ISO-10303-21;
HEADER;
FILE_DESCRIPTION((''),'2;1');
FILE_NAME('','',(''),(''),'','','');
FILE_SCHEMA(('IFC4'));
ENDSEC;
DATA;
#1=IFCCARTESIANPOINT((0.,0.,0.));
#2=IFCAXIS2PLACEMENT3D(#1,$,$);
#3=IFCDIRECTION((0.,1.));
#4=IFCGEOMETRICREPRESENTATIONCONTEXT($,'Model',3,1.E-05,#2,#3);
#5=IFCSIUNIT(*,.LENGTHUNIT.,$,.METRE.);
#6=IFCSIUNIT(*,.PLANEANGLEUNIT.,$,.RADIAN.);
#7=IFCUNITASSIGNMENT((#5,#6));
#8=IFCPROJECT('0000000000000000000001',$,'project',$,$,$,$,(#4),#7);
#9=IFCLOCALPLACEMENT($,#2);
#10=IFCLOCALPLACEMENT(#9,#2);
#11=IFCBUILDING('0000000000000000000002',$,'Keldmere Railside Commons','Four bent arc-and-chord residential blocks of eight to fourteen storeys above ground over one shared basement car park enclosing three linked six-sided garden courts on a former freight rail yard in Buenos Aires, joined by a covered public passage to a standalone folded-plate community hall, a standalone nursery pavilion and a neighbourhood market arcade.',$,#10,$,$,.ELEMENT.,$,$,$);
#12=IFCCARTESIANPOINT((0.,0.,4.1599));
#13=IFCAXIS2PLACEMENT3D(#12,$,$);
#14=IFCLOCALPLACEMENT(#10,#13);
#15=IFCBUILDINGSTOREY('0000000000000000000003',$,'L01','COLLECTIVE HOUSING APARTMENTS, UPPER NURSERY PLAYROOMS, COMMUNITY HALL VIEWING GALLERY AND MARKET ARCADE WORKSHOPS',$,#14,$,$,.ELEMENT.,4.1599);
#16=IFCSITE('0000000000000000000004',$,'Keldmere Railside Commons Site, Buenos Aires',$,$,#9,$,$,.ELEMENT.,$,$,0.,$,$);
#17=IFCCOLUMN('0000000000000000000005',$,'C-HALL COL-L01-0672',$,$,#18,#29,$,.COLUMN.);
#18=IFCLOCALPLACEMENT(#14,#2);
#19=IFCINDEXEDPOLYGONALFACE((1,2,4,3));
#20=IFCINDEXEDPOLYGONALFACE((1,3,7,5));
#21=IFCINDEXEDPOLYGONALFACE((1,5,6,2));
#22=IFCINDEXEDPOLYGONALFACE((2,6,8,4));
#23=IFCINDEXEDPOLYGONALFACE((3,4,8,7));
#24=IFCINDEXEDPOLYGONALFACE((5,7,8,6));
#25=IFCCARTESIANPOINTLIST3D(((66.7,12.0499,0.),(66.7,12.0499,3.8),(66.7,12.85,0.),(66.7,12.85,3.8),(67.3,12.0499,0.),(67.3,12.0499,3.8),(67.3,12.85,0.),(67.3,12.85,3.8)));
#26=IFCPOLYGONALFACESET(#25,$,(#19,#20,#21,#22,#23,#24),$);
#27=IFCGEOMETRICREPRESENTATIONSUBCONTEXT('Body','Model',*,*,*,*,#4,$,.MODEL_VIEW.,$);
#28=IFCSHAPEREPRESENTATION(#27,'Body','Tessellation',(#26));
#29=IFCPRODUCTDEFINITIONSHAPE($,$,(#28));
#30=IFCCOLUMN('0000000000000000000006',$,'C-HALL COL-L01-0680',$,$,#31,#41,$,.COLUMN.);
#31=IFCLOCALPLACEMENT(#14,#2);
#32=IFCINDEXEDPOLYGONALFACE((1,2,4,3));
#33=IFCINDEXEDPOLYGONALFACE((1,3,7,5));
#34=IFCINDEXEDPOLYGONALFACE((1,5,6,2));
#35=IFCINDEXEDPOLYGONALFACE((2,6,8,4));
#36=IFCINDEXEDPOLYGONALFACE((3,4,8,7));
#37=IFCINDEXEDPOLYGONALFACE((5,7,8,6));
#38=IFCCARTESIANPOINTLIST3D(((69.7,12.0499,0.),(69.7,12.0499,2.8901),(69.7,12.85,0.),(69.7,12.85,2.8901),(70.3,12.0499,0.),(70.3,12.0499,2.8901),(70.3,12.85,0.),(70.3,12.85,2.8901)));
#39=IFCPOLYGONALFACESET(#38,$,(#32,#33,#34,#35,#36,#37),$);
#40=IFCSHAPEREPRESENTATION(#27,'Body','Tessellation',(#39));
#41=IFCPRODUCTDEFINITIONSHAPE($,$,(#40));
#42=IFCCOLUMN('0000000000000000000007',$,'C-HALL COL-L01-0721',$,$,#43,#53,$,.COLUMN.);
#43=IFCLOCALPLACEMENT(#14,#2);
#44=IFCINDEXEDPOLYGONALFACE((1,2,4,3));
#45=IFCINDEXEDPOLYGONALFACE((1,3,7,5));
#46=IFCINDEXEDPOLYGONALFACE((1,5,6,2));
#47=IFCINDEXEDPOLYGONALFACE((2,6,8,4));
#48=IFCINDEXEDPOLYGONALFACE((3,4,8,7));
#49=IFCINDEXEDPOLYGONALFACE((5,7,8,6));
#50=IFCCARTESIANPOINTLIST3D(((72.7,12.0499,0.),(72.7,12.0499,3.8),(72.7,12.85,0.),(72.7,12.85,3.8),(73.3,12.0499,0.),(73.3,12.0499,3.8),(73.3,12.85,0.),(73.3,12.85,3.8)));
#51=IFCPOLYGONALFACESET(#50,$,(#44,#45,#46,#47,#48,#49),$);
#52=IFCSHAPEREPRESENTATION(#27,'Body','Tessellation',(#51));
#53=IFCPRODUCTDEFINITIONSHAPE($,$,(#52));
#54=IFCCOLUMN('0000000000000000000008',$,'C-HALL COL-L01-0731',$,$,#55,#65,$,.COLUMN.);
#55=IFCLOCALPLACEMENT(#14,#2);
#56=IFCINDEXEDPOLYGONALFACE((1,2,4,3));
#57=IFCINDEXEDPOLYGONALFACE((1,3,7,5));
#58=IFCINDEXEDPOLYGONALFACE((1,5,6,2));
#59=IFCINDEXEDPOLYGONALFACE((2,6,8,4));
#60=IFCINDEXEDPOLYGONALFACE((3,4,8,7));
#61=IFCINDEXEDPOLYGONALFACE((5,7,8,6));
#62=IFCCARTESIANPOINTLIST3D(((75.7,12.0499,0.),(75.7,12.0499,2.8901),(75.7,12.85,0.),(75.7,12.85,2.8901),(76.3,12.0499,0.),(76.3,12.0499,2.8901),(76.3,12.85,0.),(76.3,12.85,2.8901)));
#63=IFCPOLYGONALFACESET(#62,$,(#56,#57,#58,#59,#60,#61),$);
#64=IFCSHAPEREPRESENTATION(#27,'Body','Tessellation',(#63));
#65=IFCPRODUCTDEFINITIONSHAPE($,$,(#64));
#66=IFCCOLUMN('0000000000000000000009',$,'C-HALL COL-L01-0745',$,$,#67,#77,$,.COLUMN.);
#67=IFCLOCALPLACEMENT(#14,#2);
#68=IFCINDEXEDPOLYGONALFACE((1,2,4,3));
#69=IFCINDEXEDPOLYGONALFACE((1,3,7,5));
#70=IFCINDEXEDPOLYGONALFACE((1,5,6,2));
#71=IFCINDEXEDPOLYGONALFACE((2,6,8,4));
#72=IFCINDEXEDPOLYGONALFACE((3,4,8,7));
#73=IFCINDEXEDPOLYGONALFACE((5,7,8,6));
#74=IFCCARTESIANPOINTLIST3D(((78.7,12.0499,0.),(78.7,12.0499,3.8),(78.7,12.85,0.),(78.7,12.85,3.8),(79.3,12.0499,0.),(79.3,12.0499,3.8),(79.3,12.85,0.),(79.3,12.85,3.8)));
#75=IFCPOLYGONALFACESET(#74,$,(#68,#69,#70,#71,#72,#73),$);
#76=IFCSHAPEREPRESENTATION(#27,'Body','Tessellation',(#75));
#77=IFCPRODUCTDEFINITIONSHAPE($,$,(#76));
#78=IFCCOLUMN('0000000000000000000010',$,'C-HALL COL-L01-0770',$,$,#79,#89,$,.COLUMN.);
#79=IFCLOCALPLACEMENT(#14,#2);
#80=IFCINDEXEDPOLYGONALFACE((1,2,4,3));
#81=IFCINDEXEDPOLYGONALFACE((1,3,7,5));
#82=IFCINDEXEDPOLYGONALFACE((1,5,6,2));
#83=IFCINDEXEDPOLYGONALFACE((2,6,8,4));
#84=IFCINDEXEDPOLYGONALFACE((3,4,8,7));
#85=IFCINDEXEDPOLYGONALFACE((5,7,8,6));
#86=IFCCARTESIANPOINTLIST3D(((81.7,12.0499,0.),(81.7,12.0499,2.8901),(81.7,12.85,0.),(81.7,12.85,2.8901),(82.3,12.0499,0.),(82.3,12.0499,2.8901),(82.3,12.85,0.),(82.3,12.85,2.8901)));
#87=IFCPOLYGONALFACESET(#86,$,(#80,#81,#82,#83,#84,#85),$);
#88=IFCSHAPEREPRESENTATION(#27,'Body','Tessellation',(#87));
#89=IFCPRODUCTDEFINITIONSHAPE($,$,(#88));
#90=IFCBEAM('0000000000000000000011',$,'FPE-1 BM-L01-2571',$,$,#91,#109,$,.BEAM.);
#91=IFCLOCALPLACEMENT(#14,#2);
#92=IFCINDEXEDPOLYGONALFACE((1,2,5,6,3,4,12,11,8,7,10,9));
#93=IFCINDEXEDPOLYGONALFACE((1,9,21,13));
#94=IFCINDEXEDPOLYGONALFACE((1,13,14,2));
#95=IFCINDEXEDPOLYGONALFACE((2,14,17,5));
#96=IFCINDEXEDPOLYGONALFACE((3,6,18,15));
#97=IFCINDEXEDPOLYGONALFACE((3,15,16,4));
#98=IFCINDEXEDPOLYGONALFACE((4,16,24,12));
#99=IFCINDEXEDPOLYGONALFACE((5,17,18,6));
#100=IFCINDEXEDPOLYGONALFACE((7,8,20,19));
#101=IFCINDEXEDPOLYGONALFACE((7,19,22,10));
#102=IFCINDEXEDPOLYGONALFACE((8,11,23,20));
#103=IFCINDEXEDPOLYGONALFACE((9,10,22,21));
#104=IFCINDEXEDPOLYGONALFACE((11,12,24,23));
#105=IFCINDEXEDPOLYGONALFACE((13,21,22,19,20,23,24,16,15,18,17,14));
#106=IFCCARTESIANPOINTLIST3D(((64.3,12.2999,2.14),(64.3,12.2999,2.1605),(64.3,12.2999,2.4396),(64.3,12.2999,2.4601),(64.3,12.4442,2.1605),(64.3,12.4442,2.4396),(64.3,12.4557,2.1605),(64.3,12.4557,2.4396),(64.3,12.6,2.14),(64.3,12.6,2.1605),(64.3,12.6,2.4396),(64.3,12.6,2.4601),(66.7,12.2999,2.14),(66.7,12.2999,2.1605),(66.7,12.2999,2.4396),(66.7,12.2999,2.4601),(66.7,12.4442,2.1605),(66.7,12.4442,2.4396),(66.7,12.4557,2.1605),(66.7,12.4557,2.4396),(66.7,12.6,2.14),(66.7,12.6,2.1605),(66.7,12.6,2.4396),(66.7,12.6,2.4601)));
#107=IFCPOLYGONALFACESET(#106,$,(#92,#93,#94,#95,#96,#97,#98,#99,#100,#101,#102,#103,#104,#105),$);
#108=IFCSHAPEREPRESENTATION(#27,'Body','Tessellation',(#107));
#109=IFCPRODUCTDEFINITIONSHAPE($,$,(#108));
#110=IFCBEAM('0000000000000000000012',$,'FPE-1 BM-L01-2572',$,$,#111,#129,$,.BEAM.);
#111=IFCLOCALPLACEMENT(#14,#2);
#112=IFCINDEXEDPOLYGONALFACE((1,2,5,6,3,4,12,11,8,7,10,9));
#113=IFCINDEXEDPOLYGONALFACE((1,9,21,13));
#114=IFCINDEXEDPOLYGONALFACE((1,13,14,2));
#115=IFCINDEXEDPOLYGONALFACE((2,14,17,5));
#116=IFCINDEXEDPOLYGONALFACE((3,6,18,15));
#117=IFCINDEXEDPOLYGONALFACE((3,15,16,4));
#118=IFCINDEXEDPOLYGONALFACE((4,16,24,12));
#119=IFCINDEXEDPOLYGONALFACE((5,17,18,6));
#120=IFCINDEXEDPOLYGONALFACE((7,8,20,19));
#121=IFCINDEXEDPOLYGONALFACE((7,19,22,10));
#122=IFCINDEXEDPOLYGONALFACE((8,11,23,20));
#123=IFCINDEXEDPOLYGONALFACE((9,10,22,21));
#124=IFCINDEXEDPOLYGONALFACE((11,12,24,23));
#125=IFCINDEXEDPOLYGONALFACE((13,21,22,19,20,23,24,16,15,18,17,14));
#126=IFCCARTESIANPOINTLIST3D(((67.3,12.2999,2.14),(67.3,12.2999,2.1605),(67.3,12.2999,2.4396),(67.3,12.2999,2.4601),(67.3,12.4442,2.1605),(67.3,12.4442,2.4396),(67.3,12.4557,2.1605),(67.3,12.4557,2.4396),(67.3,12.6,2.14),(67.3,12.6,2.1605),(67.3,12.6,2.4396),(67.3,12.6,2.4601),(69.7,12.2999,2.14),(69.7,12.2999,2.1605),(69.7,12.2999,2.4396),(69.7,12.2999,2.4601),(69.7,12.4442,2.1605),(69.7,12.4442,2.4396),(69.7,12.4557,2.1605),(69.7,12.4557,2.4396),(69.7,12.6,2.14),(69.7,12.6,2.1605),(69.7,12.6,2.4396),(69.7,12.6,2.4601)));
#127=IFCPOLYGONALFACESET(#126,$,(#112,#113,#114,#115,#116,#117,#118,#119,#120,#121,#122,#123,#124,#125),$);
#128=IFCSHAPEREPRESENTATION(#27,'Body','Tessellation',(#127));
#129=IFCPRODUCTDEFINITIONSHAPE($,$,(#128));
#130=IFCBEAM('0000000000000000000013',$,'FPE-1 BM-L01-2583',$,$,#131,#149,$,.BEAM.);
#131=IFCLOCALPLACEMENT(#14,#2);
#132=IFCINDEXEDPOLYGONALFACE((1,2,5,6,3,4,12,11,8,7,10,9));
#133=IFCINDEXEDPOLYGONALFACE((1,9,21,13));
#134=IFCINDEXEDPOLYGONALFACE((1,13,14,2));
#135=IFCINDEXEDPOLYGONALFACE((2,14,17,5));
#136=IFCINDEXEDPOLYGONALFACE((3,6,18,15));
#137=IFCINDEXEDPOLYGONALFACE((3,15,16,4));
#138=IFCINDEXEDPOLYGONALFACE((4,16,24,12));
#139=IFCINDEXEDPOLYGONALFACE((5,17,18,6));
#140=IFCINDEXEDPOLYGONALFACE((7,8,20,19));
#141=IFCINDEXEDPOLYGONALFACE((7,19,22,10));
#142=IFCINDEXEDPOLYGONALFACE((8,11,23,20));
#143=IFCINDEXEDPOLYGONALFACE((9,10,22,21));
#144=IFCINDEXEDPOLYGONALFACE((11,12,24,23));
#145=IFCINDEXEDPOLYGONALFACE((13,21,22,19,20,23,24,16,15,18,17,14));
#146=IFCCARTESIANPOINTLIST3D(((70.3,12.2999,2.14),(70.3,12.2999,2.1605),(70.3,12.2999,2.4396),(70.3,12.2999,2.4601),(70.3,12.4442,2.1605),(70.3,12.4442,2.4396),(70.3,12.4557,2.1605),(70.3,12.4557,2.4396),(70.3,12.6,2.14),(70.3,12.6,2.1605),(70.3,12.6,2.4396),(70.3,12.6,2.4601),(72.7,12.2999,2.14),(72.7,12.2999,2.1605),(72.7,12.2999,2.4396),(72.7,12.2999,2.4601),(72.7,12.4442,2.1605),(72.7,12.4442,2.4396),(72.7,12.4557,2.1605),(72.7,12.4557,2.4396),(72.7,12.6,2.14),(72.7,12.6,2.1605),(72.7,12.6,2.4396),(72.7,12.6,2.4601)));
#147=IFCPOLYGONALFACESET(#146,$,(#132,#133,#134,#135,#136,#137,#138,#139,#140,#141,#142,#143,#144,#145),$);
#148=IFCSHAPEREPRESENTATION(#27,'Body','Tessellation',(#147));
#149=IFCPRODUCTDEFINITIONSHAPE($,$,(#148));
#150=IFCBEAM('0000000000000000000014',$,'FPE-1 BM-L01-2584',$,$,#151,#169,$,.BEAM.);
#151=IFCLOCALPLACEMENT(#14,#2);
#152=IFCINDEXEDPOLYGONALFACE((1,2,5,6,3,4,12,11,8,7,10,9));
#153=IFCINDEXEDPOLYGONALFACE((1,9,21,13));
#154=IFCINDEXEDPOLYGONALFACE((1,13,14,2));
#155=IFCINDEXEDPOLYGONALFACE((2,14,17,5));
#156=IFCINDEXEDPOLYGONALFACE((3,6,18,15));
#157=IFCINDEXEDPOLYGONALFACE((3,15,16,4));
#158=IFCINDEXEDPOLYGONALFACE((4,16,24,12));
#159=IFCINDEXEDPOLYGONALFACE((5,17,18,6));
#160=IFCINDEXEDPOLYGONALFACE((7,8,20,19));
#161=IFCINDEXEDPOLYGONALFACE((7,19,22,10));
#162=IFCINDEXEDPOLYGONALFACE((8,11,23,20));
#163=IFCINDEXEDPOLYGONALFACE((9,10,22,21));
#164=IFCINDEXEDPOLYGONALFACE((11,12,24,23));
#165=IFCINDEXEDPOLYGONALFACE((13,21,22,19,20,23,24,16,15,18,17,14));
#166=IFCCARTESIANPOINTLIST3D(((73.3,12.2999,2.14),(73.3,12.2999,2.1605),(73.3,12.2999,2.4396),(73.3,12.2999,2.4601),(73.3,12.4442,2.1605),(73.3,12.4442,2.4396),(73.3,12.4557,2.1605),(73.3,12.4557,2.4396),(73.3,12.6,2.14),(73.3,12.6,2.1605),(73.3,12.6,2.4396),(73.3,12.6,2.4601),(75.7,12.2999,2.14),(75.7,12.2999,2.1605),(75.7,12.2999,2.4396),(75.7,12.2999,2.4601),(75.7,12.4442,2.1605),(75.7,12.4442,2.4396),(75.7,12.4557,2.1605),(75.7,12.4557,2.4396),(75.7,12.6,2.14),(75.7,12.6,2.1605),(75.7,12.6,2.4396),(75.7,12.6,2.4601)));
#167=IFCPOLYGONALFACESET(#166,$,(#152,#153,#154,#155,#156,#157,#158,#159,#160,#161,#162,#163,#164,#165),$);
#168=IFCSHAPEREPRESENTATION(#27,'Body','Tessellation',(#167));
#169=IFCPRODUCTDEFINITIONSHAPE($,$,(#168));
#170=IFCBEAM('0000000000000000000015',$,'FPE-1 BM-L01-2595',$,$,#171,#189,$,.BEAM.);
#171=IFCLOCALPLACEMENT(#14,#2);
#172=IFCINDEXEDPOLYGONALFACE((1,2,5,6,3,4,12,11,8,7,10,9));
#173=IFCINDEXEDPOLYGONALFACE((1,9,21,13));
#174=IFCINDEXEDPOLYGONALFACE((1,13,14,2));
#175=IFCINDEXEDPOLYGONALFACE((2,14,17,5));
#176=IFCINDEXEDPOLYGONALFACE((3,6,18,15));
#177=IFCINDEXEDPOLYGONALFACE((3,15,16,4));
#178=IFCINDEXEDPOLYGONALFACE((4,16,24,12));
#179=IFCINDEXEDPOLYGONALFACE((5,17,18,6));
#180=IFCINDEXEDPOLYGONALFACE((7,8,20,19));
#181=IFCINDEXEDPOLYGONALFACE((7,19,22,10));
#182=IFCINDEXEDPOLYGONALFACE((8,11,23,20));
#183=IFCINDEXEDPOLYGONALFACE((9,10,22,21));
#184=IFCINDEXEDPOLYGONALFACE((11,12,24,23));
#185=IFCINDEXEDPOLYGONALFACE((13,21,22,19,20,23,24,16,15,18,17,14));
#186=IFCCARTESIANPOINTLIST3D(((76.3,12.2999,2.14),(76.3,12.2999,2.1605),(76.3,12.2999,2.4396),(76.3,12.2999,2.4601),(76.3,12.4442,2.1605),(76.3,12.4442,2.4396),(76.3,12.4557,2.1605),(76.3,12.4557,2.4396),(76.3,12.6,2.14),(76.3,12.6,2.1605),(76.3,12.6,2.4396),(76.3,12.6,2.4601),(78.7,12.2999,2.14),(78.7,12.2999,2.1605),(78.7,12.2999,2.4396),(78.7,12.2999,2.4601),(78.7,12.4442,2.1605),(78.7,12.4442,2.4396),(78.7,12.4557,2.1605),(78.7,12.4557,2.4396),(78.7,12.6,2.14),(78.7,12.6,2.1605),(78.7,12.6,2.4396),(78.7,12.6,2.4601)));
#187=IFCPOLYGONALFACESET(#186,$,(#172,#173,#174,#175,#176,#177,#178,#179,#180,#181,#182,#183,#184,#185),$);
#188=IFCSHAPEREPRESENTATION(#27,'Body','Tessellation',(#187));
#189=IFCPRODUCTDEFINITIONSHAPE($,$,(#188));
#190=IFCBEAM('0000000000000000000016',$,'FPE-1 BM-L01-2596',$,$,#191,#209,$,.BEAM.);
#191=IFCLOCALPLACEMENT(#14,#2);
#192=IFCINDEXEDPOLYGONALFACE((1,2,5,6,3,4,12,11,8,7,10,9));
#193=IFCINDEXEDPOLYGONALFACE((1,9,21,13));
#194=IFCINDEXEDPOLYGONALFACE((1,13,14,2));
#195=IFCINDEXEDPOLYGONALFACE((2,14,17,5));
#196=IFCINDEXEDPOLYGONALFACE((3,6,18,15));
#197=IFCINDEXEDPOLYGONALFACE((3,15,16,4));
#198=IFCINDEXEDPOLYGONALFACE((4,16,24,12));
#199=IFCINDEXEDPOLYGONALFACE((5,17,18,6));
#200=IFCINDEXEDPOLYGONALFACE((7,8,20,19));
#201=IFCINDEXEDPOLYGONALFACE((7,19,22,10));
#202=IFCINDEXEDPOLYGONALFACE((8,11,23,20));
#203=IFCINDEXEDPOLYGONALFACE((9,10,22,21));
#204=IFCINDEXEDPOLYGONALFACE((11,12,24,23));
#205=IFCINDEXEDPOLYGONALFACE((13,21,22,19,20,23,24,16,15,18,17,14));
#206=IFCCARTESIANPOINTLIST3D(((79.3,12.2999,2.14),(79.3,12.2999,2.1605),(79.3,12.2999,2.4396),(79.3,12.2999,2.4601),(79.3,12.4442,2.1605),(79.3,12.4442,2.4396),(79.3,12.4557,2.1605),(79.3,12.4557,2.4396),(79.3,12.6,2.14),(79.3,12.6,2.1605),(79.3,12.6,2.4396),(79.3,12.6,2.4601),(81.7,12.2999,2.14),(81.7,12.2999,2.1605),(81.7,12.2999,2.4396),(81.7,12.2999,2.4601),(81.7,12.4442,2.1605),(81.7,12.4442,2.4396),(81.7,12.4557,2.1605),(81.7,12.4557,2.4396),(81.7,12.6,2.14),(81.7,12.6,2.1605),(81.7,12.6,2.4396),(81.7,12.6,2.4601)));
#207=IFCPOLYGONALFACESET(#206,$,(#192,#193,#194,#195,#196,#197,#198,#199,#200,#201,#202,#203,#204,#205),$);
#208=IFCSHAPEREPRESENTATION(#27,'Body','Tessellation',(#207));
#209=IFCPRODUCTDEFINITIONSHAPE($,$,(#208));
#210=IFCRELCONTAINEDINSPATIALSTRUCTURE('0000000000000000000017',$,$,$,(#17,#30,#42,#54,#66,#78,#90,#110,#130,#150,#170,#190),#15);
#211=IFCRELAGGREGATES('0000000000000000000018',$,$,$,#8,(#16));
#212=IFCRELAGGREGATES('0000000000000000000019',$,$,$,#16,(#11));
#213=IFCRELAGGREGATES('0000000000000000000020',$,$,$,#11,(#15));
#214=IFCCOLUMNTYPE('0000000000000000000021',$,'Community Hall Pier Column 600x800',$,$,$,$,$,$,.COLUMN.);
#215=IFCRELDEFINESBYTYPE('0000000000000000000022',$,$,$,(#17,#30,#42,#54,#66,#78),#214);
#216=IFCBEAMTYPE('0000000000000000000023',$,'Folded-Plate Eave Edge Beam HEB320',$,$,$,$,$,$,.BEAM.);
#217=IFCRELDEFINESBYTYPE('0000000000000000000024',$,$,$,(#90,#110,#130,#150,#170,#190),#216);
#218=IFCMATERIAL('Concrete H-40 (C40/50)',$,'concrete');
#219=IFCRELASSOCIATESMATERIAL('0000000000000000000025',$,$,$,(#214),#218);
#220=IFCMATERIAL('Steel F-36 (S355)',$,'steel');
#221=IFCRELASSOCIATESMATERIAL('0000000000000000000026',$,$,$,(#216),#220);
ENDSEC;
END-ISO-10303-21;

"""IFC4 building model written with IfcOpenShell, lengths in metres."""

from ifc_helpers import new_model, si_unit, direction, frame, origin, origin_2d, place, context, subcontext, project, spatial, rectangle, i_section, extrude, material, material_profile, profile_set, type_object, element, save


model = new_model("IFC4")

# Units and contexts
model_context = context("Model", 3, precision=1e-05, world=origin(), true_north=direction((0.0, 1.0)))
body_context = subcontext(model_context, "Body", "Model", "MODEL_VIEW")
ifc_project = project(units=[si_unit("LENGTHUNIT", "METRE"), si_unit("PLANEANGLEUNIT", "RADIAN")], contexts=[model_context])

# Site, building, storey
site_placement = place(None, origin())
site = spatial("IfcSite", under=ifc_project, at=site_placement, Name="Keldmere Railside Commons Site, Buenos Aires", CompositionType="ELEMENT", RefElevation=0.0)
building_placement = place(site_placement, origin())
building = spatial("IfcBuilding", under=site, at=building_placement, Name="Keldmere Railside Commons", Description="Four bent arc-and-chord residential blocks of eight to fourteen storeys above ground over one shared basement car park enclosing three linked six-sided garden courts on a former freight rail yard in Buenos Aires, joined by a covered public passage to a standalone folded-plate community hall, a standalone nursery pavilion and a neighbourhood market arcade.", CompositionType="ELEMENT")
storey_placement = place(building_placement, frame((0.0, 0.0, 4.1599)))
storey = spatial("IfcBuildingStorey", under=building, at=storey_placement, Name="L01", Description="COLLECTIVE HOUSING APARTMENTS, UPPER NURSERY PLAYROOMS, COMMUNITY HALL VIEWING GALLERY AND MARKET ARCADE WORKSHOPS", CompositionType="ELEMENT", Elevation=4.1599)

# Columns
ifc_material_1 = material(Name="Concrete H-40 (C40/50)", Category="concrete")
ifc_material_profile_1 = material_profile(ifc_material_1, rectangle(XDim=0.6001, YDim=0.8, at=origin_2d()), Name="RC-600x800")
ifc_profile_set_1 = profile_set([ifc_material_profile_1], Name="Concrete H-40 (C40/50)")
column_type = type_object("IfcColumnType", Name="Community Hall Pier Column 600x800", PredefinedType="COLUMN", material=ifc_profile_set_1)
column_1_placement = place(storey_placement, frame((67.0, 12.45, 0.0), z_axis=(0.0, 0.0, 1.0), x_axis=(1.0, 0.0, 0.0)))
element("IfcColumn", 1, at=column_1_placement, inside=storey, type_object=column_type, Name="C-HALL COL-L01-0672", PredefinedType="COLUMN", context=body_context, shape_type="SweptSolid", body=[
    extrude(rectangle(XDim=0.6001, YDim=0.8, at=origin_2d()), origin(), (0.0, 0.0, 1.0), 3.8),
])
column_2_placement = place(storey_placement, frame((70.0, 12.45, 0.0), z_axis=(0.0, 0.0, 1.0), x_axis=(1.0, 0.0, 0.0)))
element("IfcColumn", 2, at=column_2_placement, inside=storey, type_object=column_type, Name="C-HALL COL-L01-0680", PredefinedType="COLUMN", context=body_context, shape_type="SweptSolid", body=[
    extrude(rectangle(XDim=0.6001, YDim=0.8, at=origin_2d()), origin(), (0.0, 0.0, 1.0), 2.8901),
])
column_3_placement = place(storey_placement, frame((73.0, 12.45, 0.0), z_axis=(0.0, 0.0, 1.0), x_axis=(1.0, 0.0, 0.0)))
element("IfcColumn", 3, at=column_3_placement, inside=storey, type_object=column_type, Name="C-HALL COL-L01-0721", PredefinedType="COLUMN", context=body_context, shape_type="SweptSolid", body=[
    extrude(rectangle(XDim=0.6001, YDim=0.8, at=origin_2d()), origin(), (0.0, 0.0, 1.0), 3.8),
])
column_4_placement = place(storey_placement, frame((76.0, 12.45, 0.0), z_axis=(0.0, 0.0, 1.0), x_axis=(1.0, 0.0, 0.0)))
element("IfcColumn", 4, at=column_4_placement, inside=storey, type_object=column_type, Name="C-HALL COL-L01-0731", PredefinedType="COLUMN", context=body_context, shape_type="SweptSolid", body=[
    extrude(rectangle(XDim=0.6001, YDim=0.8, at=origin_2d()), origin(), (0.0, 0.0, 1.0), 2.8901),
])
column_5_placement = place(storey_placement, frame((79.0, 12.45, 0.0), z_axis=(0.0, 0.0, 1.0), x_axis=(1.0, 0.0, 0.0)))
element("IfcColumn", 5, at=column_5_placement, inside=storey, type_object=column_type, Name="C-HALL COL-L01-0745", PredefinedType="COLUMN", context=body_context, shape_type="SweptSolid", body=[
    extrude(rectangle(XDim=0.6001, YDim=0.8, at=origin_2d()), origin(), (0.0, 0.0, 1.0), 3.8),
])
column_6_placement = place(storey_placement, frame((82.0, 12.45, 0.0), z_axis=(0.0, 0.0, 1.0), x_axis=(1.0, 0.0, 0.0)))
element("IfcColumn", 6, at=column_6_placement, inside=storey, type_object=column_type, Name="C-HALL COL-L01-0770", PredefinedType="COLUMN", context=body_context, shape_type="SweptSolid", body=[
    extrude(rectangle(XDim=0.6001, YDim=0.8, at=origin_2d()), origin(), (0.0, 0.0, 1.0), 2.8901),
])

# Beams
ifc_material_2 = material(Name="Steel F-36 (S355)", Category="steel")
ifc_material_profile_2 = material_profile(ifc_material_2, i_section(OverallWidth=0.3, OverallDepth=0.3201, WebThickness=0.0115, FlangeThickness=0.0205, at=origin_2d()), Name="HEB-320")
ifc_profile_set_2 = profile_set([ifc_material_profile_2], Name="Steel F-36 (S355)")
beam_type_1 = type_object("IfcBeamType", Name="Folded-Plate Eave Edge Beam HEB320", PredefinedType="BEAM", material=ifc_profile_set_2)
for number, where, z_axis, x_axis, name in (
    (7, (64.3, 12.45, 2.3), (1.0, 0.0, 0.0), (0.0, 1.0, 0.0), "FPE-1 BM-L01-2571"),
    (8, (67.3, 12.45, 2.3), (1.0, 0.0, 0.0), (0.0, 1.0, 0.0), "FPE-1 BM-L01-2572"),
    (9, (70.3, 12.45, 2.3), (1.0, 0.0, 0.0), (0.0, 1.0, 0.0), "FPE-1 BM-L01-2583"),
    (10, (73.3, 12.45, 2.3), (1.0, 0.0, 0.0), (0.0, 1.0, 0.0), "FPE-1 BM-L01-2584"),
    (11, (76.3, 12.45, 2.3), (1.0, 0.0, 0.0), (0.0, 1.0, 0.0), "FPE-1 BM-L01-2595"),
    (12, (79.3, 12.45, 2.3), (1.0, 0.0, 0.0), (0.0, 1.0, 0.0), "FPE-1 BM-L01-2596"),
):
    element("IfcBeam", number, at=place(storey_placement, frame(where, z_axis=z_axis, x_axis=x_axis)), inside=storey, type_object=beam_type_1, Name=name, PredefinedType="BEAM", context=body_context, shape_type="SweptSolid", body=[
        extrude(i_section(OverallWidth=0.3, OverallDepth=0.3201, WebThickness=0.0115, FlangeThickness=0.0205, at=origin_2d()), origin(), (0.0, 0.0, 1.0), 2.3999),
    ])

save(model, "model.ifc")
